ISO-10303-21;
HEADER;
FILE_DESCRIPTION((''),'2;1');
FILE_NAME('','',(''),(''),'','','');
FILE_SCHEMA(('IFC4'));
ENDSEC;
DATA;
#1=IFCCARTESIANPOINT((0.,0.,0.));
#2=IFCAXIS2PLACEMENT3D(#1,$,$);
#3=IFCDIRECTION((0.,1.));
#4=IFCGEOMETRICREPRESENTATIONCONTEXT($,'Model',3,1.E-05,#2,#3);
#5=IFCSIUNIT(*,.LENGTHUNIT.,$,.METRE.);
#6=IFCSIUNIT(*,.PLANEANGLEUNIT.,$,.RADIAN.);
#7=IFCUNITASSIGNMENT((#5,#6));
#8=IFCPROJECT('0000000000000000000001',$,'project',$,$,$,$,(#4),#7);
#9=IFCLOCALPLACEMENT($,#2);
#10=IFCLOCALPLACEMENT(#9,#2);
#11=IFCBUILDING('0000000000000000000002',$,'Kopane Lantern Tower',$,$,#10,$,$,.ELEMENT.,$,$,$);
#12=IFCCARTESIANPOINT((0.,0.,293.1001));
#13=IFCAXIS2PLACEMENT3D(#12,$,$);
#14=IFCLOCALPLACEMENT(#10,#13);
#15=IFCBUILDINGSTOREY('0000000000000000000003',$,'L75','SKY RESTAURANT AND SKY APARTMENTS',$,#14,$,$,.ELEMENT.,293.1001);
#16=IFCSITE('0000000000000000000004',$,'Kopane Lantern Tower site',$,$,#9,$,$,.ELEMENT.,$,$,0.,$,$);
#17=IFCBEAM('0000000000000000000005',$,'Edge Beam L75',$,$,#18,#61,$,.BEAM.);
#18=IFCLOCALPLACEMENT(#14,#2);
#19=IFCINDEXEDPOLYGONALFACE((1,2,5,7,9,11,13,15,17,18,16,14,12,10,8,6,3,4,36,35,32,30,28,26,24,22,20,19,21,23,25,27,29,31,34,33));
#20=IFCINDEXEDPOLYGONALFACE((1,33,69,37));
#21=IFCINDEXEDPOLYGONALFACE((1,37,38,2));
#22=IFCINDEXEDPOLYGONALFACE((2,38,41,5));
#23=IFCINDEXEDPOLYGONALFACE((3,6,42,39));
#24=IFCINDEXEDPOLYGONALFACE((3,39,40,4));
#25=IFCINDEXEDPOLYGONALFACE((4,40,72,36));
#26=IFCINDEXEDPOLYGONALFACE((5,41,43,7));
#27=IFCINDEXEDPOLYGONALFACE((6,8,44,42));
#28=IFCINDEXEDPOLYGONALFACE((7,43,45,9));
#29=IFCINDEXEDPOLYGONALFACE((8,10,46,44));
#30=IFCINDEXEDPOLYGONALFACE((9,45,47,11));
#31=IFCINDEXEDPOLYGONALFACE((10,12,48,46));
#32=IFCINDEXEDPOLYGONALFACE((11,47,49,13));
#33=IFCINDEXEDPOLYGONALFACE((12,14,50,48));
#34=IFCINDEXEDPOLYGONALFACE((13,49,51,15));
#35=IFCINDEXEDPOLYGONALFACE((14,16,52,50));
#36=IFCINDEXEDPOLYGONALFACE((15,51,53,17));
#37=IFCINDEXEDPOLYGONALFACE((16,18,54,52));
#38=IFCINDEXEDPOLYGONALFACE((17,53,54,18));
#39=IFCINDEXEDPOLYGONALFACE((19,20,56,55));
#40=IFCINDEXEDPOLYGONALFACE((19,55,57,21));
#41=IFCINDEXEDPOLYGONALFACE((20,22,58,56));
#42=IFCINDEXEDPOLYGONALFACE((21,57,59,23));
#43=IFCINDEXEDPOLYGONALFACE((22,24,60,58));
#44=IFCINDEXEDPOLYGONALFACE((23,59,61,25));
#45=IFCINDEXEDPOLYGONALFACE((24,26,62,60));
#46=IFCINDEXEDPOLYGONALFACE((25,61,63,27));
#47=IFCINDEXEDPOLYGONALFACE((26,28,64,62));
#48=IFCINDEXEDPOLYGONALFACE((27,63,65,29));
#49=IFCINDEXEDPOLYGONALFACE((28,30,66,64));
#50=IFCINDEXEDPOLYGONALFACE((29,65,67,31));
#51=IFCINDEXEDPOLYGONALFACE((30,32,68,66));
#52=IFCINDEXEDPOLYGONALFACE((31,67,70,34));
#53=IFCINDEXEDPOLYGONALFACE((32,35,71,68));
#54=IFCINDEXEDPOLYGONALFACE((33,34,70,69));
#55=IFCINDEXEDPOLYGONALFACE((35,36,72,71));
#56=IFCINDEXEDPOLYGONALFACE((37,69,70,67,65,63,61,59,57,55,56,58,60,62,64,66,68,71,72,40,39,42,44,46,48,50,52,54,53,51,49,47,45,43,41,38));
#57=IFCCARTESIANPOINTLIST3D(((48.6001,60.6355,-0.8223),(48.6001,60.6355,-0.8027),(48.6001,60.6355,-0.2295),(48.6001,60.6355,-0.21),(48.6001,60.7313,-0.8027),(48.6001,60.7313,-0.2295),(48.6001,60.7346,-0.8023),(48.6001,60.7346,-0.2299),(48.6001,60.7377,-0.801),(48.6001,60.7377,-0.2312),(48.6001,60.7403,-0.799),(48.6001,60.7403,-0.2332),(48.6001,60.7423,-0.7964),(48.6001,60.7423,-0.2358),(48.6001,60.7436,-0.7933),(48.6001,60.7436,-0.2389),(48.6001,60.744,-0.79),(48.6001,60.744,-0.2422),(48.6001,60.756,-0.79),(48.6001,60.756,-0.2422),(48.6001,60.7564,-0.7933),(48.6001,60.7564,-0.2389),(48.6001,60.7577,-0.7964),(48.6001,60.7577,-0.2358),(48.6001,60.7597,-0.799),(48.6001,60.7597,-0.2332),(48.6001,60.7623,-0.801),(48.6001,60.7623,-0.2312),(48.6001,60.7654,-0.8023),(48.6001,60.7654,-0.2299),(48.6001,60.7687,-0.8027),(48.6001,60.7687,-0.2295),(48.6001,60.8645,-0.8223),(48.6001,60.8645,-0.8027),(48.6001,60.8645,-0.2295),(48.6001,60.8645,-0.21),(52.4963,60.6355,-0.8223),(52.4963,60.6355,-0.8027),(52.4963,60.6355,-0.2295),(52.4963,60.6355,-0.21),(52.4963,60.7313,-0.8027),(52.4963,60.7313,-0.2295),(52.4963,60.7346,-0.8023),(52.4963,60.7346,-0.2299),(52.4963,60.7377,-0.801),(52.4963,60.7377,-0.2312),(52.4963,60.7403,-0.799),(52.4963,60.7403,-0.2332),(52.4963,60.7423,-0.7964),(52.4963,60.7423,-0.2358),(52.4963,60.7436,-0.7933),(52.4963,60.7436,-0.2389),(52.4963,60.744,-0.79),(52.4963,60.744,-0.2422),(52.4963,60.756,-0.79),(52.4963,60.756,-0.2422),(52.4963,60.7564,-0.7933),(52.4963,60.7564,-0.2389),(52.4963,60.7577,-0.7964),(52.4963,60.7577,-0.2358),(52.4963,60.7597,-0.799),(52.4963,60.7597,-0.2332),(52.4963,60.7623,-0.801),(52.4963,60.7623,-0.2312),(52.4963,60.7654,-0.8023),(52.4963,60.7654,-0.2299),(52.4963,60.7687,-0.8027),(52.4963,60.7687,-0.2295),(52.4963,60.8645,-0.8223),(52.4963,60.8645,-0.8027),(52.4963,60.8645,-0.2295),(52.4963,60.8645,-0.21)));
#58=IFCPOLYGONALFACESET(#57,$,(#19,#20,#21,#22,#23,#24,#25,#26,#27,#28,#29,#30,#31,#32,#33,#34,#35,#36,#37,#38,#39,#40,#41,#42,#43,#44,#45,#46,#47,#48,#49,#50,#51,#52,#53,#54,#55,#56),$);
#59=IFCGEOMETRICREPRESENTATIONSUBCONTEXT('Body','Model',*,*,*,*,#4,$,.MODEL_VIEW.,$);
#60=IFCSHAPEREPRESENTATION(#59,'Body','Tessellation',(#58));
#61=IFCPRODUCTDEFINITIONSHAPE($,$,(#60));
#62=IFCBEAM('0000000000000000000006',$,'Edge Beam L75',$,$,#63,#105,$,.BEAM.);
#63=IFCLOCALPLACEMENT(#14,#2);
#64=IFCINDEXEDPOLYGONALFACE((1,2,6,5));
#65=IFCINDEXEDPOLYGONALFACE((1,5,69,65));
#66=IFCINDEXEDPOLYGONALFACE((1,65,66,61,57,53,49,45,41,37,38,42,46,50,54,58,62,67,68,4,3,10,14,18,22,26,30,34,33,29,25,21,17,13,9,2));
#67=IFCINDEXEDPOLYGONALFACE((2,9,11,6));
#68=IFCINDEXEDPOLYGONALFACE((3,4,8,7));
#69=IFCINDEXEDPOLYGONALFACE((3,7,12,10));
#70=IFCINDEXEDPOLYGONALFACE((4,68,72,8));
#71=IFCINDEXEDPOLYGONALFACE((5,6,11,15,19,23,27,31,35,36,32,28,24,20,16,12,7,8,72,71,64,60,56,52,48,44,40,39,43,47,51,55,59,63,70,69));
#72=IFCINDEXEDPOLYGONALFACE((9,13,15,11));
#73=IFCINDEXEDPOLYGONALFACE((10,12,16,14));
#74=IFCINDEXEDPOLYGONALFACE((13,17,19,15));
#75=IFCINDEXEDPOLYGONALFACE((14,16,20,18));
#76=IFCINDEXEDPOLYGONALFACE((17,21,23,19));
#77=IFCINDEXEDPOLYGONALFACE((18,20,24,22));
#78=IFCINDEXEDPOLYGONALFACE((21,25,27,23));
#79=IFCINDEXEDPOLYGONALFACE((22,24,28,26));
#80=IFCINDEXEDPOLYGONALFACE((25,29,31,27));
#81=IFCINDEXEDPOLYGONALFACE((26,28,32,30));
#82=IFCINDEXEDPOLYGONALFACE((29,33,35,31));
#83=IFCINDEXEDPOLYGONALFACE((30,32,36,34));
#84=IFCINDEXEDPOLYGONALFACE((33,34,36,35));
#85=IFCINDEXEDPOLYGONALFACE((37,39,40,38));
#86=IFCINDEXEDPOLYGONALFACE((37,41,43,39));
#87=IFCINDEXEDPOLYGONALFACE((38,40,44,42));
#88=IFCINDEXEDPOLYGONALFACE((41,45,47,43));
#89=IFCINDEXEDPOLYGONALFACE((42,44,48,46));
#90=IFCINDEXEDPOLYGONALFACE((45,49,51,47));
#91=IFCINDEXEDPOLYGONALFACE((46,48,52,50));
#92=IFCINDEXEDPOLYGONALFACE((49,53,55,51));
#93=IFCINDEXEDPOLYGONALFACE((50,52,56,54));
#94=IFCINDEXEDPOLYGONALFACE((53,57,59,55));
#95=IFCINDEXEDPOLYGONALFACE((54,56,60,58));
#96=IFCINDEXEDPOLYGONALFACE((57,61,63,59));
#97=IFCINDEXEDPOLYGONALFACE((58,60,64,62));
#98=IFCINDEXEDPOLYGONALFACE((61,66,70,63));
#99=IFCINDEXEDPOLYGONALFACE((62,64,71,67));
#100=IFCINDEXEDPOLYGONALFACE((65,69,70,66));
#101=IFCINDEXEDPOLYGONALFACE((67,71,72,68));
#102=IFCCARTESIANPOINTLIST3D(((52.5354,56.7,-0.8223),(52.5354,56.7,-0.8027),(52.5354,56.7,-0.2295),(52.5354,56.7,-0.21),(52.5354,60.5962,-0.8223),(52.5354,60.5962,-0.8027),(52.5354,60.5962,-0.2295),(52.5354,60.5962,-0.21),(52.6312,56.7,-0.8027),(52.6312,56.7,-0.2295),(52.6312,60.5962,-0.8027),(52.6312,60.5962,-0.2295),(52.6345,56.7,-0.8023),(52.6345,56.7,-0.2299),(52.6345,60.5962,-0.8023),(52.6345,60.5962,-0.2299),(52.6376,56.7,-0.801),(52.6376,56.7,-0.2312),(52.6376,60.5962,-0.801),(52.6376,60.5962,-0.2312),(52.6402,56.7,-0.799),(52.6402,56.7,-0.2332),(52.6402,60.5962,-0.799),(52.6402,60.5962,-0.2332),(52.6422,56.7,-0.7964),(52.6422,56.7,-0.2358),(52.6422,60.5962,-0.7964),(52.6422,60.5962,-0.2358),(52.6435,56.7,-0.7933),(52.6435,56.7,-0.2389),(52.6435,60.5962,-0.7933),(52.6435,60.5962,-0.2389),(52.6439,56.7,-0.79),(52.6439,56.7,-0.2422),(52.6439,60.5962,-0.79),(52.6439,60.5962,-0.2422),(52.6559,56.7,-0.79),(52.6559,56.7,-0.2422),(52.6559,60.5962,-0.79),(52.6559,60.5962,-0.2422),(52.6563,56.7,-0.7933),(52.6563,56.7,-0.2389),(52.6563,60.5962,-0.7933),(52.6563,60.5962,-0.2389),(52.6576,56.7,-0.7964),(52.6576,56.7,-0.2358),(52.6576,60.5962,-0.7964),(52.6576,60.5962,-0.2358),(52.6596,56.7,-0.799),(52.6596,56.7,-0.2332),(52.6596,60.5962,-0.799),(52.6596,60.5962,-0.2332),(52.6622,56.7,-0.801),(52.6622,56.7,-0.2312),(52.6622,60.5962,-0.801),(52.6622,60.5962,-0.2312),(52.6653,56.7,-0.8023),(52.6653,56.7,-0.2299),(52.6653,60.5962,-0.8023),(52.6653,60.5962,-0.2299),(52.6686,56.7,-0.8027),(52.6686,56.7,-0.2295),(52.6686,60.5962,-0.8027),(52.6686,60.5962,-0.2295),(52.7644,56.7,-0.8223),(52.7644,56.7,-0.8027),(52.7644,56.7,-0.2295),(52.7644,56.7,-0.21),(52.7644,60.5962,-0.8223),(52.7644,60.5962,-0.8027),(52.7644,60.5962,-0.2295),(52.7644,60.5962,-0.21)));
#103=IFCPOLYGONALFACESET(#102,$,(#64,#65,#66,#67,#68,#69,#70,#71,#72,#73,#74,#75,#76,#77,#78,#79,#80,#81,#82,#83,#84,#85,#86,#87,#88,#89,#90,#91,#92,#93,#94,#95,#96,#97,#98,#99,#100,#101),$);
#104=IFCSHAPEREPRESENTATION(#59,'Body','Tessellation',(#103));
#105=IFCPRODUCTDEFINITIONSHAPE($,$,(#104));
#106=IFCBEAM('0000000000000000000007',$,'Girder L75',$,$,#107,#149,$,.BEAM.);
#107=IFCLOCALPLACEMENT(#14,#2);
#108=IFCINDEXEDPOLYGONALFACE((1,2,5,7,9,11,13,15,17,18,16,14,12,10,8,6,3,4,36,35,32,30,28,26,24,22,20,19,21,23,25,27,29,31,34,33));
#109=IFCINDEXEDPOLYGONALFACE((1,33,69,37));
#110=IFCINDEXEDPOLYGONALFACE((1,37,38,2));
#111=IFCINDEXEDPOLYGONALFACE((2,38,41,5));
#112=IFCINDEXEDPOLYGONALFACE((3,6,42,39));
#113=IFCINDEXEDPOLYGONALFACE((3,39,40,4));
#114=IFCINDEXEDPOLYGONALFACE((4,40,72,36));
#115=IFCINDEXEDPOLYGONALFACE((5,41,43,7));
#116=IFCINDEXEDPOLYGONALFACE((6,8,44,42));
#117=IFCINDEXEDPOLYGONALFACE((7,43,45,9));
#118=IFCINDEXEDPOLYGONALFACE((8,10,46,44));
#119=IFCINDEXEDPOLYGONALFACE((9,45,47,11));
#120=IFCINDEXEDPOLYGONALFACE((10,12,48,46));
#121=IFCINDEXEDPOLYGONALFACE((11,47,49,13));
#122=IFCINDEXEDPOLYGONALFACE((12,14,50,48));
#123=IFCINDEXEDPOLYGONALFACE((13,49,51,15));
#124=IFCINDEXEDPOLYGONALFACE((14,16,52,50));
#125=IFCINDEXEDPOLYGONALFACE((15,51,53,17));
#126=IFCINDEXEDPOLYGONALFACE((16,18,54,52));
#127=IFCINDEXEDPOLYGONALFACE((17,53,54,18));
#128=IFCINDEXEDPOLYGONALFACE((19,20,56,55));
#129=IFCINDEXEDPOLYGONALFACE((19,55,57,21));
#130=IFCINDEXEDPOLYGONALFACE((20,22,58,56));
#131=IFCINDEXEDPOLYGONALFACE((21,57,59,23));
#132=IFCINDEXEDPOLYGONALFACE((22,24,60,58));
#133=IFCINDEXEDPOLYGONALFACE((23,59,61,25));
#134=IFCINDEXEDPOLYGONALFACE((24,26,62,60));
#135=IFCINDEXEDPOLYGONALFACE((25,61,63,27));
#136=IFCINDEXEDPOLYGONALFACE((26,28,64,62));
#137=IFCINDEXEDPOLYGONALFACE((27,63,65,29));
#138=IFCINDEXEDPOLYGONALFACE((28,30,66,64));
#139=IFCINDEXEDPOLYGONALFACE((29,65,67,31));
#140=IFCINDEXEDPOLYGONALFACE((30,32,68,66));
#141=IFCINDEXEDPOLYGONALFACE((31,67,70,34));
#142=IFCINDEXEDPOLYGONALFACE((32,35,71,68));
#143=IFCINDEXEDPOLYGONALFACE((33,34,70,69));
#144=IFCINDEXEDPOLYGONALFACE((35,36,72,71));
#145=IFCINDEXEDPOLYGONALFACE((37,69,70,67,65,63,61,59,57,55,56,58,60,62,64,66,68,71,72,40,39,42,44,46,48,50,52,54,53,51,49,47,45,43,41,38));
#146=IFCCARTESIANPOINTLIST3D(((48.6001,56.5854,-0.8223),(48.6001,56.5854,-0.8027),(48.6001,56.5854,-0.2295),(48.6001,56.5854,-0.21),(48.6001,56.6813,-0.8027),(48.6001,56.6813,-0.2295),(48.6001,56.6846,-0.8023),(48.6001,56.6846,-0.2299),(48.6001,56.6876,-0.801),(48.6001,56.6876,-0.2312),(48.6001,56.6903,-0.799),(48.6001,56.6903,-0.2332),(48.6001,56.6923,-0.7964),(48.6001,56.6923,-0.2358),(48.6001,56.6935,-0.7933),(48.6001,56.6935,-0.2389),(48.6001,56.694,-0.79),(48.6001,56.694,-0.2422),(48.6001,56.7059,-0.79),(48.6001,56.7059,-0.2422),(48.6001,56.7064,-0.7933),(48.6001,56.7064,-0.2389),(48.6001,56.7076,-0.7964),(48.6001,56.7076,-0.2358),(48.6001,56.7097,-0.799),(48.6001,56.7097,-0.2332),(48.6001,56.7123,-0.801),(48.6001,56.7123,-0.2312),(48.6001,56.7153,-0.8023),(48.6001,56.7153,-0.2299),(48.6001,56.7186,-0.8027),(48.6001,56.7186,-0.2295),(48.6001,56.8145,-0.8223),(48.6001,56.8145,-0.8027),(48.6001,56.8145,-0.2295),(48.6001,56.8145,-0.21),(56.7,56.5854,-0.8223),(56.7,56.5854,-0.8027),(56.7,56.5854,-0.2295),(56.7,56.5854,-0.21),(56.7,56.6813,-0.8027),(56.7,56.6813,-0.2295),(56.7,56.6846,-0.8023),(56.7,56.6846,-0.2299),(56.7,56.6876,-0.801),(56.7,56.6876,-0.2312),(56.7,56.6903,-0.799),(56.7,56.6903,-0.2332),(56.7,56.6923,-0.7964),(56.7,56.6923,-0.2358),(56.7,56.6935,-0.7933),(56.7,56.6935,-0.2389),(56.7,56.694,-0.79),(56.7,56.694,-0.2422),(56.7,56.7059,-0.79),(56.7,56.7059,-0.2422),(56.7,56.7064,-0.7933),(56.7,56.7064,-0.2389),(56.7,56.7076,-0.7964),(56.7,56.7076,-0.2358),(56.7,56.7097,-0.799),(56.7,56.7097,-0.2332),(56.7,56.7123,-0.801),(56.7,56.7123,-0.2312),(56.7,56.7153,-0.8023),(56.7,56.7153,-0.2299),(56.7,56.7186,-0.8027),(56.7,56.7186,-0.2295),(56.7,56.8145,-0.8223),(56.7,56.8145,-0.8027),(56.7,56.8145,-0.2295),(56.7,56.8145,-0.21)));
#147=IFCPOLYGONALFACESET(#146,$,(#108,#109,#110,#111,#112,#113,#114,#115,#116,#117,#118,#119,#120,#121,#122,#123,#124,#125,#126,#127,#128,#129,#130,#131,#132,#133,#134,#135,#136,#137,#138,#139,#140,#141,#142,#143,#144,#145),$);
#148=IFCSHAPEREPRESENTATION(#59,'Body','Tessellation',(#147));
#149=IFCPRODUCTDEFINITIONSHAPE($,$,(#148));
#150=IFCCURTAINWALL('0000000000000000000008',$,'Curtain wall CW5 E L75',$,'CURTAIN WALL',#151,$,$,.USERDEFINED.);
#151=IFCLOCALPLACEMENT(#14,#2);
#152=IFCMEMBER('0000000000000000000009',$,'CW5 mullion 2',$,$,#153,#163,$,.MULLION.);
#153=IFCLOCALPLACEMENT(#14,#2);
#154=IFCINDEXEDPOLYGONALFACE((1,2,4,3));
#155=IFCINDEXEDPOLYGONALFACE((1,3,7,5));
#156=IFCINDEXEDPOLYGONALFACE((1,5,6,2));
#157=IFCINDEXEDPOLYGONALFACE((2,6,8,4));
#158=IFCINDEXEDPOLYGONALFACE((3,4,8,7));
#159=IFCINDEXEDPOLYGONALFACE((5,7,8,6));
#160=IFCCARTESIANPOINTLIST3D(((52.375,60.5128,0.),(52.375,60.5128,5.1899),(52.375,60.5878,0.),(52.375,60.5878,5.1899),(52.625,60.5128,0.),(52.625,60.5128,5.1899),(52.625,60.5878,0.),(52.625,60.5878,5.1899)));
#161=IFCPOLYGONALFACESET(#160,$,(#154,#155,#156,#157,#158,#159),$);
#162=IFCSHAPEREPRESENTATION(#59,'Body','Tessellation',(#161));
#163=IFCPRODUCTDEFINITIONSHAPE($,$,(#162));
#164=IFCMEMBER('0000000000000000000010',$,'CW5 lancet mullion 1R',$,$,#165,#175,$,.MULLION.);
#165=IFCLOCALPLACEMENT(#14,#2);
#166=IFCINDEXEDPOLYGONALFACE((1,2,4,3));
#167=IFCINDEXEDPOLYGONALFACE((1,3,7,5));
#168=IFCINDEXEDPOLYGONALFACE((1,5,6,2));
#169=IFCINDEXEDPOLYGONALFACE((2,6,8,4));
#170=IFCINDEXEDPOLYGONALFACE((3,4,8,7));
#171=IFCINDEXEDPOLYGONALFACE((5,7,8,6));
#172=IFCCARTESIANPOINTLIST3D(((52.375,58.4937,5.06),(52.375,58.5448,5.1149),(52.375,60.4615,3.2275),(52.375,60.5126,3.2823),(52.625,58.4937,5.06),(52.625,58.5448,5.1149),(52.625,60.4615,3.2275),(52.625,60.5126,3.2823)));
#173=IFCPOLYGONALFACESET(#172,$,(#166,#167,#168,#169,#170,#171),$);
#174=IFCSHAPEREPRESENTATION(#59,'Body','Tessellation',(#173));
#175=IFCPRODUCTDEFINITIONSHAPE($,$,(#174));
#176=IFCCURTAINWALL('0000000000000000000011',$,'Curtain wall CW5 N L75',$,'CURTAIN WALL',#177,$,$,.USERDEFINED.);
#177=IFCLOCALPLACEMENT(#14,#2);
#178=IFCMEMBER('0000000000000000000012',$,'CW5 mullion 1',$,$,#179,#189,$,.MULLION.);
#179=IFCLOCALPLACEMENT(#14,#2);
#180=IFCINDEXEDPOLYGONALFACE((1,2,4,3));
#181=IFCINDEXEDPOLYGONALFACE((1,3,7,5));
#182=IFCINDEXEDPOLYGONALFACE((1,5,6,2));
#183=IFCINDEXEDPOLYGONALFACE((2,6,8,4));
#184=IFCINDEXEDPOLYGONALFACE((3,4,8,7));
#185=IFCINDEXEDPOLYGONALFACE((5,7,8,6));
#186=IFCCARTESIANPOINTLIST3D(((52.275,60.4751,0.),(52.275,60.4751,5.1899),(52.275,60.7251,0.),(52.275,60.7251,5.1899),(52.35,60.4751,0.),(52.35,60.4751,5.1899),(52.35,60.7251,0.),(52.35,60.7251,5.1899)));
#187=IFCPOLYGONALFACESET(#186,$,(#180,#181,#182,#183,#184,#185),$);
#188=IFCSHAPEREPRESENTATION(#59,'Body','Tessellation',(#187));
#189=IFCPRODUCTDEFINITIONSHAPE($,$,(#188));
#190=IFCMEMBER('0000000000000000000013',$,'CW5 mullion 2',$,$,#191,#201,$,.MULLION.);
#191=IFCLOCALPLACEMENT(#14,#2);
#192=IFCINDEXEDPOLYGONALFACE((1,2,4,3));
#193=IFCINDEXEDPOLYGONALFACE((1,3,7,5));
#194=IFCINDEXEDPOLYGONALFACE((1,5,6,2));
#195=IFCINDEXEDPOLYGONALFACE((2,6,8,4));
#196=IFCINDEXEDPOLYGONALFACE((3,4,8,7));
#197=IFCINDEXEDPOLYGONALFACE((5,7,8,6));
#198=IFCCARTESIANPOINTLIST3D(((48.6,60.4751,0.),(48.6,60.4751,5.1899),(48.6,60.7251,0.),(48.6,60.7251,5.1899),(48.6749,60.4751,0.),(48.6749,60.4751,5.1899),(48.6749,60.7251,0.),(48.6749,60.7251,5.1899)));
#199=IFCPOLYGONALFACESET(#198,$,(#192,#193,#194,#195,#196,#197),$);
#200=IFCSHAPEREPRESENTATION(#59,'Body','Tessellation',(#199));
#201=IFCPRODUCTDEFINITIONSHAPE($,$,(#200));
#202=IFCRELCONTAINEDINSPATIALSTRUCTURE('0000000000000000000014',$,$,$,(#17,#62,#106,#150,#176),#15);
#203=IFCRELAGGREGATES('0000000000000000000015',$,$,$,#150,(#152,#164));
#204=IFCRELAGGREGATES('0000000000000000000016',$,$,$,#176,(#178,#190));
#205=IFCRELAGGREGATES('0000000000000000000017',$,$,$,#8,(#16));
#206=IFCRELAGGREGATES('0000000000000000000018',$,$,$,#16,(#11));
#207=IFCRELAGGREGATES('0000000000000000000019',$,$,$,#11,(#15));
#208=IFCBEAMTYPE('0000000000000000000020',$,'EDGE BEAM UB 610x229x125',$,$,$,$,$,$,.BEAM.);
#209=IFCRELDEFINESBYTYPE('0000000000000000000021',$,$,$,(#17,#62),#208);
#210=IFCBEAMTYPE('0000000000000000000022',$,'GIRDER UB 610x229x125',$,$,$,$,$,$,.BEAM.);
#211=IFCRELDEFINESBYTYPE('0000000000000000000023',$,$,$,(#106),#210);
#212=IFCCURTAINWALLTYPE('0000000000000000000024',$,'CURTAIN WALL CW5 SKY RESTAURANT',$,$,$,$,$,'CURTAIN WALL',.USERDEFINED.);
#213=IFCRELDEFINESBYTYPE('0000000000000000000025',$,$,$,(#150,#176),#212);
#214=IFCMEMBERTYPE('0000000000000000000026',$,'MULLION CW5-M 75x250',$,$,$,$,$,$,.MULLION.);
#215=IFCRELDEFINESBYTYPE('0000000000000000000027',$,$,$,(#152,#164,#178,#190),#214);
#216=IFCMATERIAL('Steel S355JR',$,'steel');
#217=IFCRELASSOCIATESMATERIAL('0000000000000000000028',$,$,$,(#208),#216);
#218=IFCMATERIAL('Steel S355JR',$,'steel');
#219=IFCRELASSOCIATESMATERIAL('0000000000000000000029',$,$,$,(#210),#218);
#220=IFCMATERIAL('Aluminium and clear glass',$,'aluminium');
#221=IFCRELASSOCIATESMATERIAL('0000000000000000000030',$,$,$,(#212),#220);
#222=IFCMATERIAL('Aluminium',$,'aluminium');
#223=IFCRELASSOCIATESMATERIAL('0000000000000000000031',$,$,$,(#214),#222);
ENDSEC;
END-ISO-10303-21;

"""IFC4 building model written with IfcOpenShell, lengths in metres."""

from ifc_helpers import new_model, si_unit, direction, frame, origin, origin_2d, place, context, subcontext, project, spatial, rectangle, i_section, extrude, material, material_profile, profile_set, type_object, element, aggregate, save


model = new_model("IFC4")

# Units and contexts
model_context = context("Model", 3, precision=1e-05, world=origin(), true_north=direction((0.0, 1.0)))
body_context = subcontext(model_context, "Body", "Model", "MODEL_VIEW")
ifc_project = project(units=[si_unit("LENGTHUNIT", "METRE"), si_unit("PLANEANGLEUNIT", "RADIAN")], contexts=[model_context])

# Site, building, storey
site_placement = place(None, origin())
site = spatial("IfcSite", under=ifc_project, at=site_placement, Name="Kopane Lantern Tower site", CompositionType="ELEMENT", RefElevation=0.0)
building_placement = place(site_placement, origin())
building = spatial("IfcBuilding", under=site, at=building_placement, Name="Kopane Lantern Tower", CompositionType="ELEMENT")
storey_placement = place(building_placement, frame((0.0, 0.0, 293.1001)))
storey = spatial("IfcBuildingStorey", under=building, at=storey_placement, Name="L75", Description="SKY RESTAURANT AND SKY APARTMENTS", CompositionType="ELEMENT", Elevation=293.1001)

# Beams
ifc_material_1 = material(Name="Steel S355JR", Category="steel")
ifc_material_profile_1 = material_profile(ifc_material_1, i_section(OverallWidth=0.229, OverallDepth=0.6123, WebThickness=0.012, FlangeThickness=0.0195, FilletRadius=0.0127, at=origin_2d()), Name="UB 610x229x125")
ifc_profile_set_1 = profile_set([ifc_material_profile_1], Name="Steel S355JR")
beam_type_1 = type_object("IfcBeamType", Name="EDGE BEAM UB 610x229x125", PredefinedType="BEAM", material=ifc_profile_set_1)
for number, where, z_axis, x_axis, name in (
    (1, (52.4963, 60.75, -0.5161), (-1.0, 0.0, 0.0), (0.0, -1.0, 0.0), "Edge Beam L75"),
    (2, (52.6499, 60.5962, -0.5161), (0.0, -1.0, 0.0), (1.0, 0.0, 0.0), "Edge Beam L75"),
):
    element("IfcBeam", number, at=place(storey_placement, frame(where, z_axis=z_axis, x_axis=x_axis)), inside=storey, type_object=beam_type_1, Name=name, PredefinedType="BEAM", context=body_context, shape_type="SweptSolid", body=[
        extrude(i_section(OverallWidth=0.229, OverallDepth=0.6123, WebThickness=0.012, FlangeThickness=0.0195, FilletRadius=0.0127, at=origin_2d()), origin(), (0.0, 0.0, 1.0), 3.8962),
    ])
ifc_material_2 = material(Name="Steel S355JR", Category="steel")
ifc_material_profile_2 = material_profile(ifc_material_2, i_section(OverallWidth=0.229, OverallDepth=0.6123, WebThickness=0.012, FlangeThickness=0.0195, FilletRadius=0.0127, at=origin_2d()), Name="UB 610x229x125")
ifc_profile_set_2 = profile_set([ifc_material_profile_2], Name="Steel S355JR")
beam_type_2 = type_object("IfcBeamType", Name="GIRDER UB 610x229x125", PredefinedType="BEAM", material=ifc_profile_set_2)
beam_1_placement = place(storey_placement, frame((48.6001, 56.7, -0.5161), z_axis=(1.0, 0.0, 0.0), x_axis=(0.0, 1.0, 0.0)))
element("IfcBeam", 3, at=beam_1_placement, inside=storey, type_object=beam_type_2, Name="Girder L75", PredefinedType="BEAM", context=body_context, shape_type="SweptSolid", body=[
    extrude(i_section(OverallWidth=0.229, OverallDepth=0.6123, WebThickness=0.012, FlangeThickness=0.0195, FilletRadius=0.0127, at=origin_2d()), origin(), (0.0, 0.0, 1.0), 8.0999),
])

# Curtain walls, members
ifc_material_3 = material(Name="Aluminium and clear glass", Category="aluminium")
curtain_wall_type = type_object("IfcCurtainWallType", Name="CURTAIN WALL CW5 SKY RESTAURANT", ElementType="CURTAIN WALL", PredefinedType="USERDEFINED", material=ifc_material_3)
curtain_wall_1_placement = place(storey_placement, origin())
curtain_wall_1 = element("IfcCurtainWall", 4, at=curtain_wall_1_placement, inside=storey, type_object=curtain_wall_type, Name="Curtain wall CW5 E L75", ObjectType="CURTAIN WALL", PredefinedType="USERDEFINED")
ifc_material_4 = material(Name="Aluminium", Category="aluminium")
ifc_material_profile_3 = material_profile(ifc_material_4, rectangle(XDim=0.075, YDim=0.25, at=origin_2d()), Name="AL 75x250")
ifc_profile_set_3 = profile_set([ifc_material_profile_3], Name="Aluminium")
member_type_1 = type_object("IfcMemberType", Name="MULLION CW5-M 75x250", PredefinedType="MULLION", material=ifc_profile_set_3)
member_1_placement = place(storey_placement, frame((52.5, 60.5503, 0.0), z_axis=(0.0, 0.0, 1.0), x_axis=(0.0, 1.0, 0.0)))
member_1 = element("IfcMember", 5, at=member_1_placement, type_object=member_type_1, Name="CW5 mullion 2", PredefinedType="MULLION", context=body_context, shape_type="SweptSolid", body=[
    extrude(rectangle(XDim=0.075, YDim=0.25, at=origin_2d()), origin(), (0.0, 0.0, 1.0), 5.1899),
])
member_2_placement = place(storey_placement, frame((52.5, 60.4871, 3.2549), z_axis=(0.0, -0.73181, 0.681509), x_axis=(0.0, 0.681509, 0.73181)))
member_2 = element("IfcMember", 6, at=member_2_placement, type_object=member_type_1, Name="CW5 lancet mullion 1R", PredefinedType="MULLION", context=body_context, shape_type="SweptSolid", body=[
    extrude(rectangle(XDim=0.075, YDim=0.25, at=origin_2d()), origin(), (0.0, 0.0, 1.0), 2.689),
])
curtain_wall_2_placement = place(storey_placement, origin())
curtain_wall_2 = element("IfcCurtainWall", 7, at=curtain_wall_2_placement, inside=storey, type_object=curtain_wall_type, Name="Curtain wall CW5 N L75", ObjectType="CURTAIN WALL", PredefinedType="USERDEFINED")
member_3_placement = place(storey_placement, frame((52.3125, 60.6001, 0.0), z_axis=(0.0, 0.0, 1.0), x_axis=(-1.0, 0.0, 0.0)))
member_3 = element("IfcMember", 8, at=member_3_placement, type_object=member_type_1, Name="CW5 mullion 1", PredefinedType="MULLION", context=body_context, shape_type="SweptSolid", body=[
    extrude(rectangle(XDim=0.075, YDim=0.25, at=origin_2d()), origin(), (0.0, 0.0, 1.0), 5.1899),
])
member_4_placement = place(storey_placement, frame((48.6375, 60.6001, 0.0), z_axis=(0.0, 0.0, 1.0), x_axis=(-1.0, 0.0, 0.0)))
member_4 = element("IfcMember", 9, at=member_4_placement, type_object=member_type_1, Name="CW5 mullion 2", PredefinedType="MULLION", context=body_context, shape_type="SweptSolid", body=[
    extrude(rectangle(XDim=0.075, YDim=0.25, at=origin_2d()), origin(), (0.0, 0.0, 1.0), 5.1899),
])

aggregate(curtain_wall_1, [member_1, member_2])
aggregate(curtain_wall_2, [member_3, member_4])

save(model, "model.ifc")
